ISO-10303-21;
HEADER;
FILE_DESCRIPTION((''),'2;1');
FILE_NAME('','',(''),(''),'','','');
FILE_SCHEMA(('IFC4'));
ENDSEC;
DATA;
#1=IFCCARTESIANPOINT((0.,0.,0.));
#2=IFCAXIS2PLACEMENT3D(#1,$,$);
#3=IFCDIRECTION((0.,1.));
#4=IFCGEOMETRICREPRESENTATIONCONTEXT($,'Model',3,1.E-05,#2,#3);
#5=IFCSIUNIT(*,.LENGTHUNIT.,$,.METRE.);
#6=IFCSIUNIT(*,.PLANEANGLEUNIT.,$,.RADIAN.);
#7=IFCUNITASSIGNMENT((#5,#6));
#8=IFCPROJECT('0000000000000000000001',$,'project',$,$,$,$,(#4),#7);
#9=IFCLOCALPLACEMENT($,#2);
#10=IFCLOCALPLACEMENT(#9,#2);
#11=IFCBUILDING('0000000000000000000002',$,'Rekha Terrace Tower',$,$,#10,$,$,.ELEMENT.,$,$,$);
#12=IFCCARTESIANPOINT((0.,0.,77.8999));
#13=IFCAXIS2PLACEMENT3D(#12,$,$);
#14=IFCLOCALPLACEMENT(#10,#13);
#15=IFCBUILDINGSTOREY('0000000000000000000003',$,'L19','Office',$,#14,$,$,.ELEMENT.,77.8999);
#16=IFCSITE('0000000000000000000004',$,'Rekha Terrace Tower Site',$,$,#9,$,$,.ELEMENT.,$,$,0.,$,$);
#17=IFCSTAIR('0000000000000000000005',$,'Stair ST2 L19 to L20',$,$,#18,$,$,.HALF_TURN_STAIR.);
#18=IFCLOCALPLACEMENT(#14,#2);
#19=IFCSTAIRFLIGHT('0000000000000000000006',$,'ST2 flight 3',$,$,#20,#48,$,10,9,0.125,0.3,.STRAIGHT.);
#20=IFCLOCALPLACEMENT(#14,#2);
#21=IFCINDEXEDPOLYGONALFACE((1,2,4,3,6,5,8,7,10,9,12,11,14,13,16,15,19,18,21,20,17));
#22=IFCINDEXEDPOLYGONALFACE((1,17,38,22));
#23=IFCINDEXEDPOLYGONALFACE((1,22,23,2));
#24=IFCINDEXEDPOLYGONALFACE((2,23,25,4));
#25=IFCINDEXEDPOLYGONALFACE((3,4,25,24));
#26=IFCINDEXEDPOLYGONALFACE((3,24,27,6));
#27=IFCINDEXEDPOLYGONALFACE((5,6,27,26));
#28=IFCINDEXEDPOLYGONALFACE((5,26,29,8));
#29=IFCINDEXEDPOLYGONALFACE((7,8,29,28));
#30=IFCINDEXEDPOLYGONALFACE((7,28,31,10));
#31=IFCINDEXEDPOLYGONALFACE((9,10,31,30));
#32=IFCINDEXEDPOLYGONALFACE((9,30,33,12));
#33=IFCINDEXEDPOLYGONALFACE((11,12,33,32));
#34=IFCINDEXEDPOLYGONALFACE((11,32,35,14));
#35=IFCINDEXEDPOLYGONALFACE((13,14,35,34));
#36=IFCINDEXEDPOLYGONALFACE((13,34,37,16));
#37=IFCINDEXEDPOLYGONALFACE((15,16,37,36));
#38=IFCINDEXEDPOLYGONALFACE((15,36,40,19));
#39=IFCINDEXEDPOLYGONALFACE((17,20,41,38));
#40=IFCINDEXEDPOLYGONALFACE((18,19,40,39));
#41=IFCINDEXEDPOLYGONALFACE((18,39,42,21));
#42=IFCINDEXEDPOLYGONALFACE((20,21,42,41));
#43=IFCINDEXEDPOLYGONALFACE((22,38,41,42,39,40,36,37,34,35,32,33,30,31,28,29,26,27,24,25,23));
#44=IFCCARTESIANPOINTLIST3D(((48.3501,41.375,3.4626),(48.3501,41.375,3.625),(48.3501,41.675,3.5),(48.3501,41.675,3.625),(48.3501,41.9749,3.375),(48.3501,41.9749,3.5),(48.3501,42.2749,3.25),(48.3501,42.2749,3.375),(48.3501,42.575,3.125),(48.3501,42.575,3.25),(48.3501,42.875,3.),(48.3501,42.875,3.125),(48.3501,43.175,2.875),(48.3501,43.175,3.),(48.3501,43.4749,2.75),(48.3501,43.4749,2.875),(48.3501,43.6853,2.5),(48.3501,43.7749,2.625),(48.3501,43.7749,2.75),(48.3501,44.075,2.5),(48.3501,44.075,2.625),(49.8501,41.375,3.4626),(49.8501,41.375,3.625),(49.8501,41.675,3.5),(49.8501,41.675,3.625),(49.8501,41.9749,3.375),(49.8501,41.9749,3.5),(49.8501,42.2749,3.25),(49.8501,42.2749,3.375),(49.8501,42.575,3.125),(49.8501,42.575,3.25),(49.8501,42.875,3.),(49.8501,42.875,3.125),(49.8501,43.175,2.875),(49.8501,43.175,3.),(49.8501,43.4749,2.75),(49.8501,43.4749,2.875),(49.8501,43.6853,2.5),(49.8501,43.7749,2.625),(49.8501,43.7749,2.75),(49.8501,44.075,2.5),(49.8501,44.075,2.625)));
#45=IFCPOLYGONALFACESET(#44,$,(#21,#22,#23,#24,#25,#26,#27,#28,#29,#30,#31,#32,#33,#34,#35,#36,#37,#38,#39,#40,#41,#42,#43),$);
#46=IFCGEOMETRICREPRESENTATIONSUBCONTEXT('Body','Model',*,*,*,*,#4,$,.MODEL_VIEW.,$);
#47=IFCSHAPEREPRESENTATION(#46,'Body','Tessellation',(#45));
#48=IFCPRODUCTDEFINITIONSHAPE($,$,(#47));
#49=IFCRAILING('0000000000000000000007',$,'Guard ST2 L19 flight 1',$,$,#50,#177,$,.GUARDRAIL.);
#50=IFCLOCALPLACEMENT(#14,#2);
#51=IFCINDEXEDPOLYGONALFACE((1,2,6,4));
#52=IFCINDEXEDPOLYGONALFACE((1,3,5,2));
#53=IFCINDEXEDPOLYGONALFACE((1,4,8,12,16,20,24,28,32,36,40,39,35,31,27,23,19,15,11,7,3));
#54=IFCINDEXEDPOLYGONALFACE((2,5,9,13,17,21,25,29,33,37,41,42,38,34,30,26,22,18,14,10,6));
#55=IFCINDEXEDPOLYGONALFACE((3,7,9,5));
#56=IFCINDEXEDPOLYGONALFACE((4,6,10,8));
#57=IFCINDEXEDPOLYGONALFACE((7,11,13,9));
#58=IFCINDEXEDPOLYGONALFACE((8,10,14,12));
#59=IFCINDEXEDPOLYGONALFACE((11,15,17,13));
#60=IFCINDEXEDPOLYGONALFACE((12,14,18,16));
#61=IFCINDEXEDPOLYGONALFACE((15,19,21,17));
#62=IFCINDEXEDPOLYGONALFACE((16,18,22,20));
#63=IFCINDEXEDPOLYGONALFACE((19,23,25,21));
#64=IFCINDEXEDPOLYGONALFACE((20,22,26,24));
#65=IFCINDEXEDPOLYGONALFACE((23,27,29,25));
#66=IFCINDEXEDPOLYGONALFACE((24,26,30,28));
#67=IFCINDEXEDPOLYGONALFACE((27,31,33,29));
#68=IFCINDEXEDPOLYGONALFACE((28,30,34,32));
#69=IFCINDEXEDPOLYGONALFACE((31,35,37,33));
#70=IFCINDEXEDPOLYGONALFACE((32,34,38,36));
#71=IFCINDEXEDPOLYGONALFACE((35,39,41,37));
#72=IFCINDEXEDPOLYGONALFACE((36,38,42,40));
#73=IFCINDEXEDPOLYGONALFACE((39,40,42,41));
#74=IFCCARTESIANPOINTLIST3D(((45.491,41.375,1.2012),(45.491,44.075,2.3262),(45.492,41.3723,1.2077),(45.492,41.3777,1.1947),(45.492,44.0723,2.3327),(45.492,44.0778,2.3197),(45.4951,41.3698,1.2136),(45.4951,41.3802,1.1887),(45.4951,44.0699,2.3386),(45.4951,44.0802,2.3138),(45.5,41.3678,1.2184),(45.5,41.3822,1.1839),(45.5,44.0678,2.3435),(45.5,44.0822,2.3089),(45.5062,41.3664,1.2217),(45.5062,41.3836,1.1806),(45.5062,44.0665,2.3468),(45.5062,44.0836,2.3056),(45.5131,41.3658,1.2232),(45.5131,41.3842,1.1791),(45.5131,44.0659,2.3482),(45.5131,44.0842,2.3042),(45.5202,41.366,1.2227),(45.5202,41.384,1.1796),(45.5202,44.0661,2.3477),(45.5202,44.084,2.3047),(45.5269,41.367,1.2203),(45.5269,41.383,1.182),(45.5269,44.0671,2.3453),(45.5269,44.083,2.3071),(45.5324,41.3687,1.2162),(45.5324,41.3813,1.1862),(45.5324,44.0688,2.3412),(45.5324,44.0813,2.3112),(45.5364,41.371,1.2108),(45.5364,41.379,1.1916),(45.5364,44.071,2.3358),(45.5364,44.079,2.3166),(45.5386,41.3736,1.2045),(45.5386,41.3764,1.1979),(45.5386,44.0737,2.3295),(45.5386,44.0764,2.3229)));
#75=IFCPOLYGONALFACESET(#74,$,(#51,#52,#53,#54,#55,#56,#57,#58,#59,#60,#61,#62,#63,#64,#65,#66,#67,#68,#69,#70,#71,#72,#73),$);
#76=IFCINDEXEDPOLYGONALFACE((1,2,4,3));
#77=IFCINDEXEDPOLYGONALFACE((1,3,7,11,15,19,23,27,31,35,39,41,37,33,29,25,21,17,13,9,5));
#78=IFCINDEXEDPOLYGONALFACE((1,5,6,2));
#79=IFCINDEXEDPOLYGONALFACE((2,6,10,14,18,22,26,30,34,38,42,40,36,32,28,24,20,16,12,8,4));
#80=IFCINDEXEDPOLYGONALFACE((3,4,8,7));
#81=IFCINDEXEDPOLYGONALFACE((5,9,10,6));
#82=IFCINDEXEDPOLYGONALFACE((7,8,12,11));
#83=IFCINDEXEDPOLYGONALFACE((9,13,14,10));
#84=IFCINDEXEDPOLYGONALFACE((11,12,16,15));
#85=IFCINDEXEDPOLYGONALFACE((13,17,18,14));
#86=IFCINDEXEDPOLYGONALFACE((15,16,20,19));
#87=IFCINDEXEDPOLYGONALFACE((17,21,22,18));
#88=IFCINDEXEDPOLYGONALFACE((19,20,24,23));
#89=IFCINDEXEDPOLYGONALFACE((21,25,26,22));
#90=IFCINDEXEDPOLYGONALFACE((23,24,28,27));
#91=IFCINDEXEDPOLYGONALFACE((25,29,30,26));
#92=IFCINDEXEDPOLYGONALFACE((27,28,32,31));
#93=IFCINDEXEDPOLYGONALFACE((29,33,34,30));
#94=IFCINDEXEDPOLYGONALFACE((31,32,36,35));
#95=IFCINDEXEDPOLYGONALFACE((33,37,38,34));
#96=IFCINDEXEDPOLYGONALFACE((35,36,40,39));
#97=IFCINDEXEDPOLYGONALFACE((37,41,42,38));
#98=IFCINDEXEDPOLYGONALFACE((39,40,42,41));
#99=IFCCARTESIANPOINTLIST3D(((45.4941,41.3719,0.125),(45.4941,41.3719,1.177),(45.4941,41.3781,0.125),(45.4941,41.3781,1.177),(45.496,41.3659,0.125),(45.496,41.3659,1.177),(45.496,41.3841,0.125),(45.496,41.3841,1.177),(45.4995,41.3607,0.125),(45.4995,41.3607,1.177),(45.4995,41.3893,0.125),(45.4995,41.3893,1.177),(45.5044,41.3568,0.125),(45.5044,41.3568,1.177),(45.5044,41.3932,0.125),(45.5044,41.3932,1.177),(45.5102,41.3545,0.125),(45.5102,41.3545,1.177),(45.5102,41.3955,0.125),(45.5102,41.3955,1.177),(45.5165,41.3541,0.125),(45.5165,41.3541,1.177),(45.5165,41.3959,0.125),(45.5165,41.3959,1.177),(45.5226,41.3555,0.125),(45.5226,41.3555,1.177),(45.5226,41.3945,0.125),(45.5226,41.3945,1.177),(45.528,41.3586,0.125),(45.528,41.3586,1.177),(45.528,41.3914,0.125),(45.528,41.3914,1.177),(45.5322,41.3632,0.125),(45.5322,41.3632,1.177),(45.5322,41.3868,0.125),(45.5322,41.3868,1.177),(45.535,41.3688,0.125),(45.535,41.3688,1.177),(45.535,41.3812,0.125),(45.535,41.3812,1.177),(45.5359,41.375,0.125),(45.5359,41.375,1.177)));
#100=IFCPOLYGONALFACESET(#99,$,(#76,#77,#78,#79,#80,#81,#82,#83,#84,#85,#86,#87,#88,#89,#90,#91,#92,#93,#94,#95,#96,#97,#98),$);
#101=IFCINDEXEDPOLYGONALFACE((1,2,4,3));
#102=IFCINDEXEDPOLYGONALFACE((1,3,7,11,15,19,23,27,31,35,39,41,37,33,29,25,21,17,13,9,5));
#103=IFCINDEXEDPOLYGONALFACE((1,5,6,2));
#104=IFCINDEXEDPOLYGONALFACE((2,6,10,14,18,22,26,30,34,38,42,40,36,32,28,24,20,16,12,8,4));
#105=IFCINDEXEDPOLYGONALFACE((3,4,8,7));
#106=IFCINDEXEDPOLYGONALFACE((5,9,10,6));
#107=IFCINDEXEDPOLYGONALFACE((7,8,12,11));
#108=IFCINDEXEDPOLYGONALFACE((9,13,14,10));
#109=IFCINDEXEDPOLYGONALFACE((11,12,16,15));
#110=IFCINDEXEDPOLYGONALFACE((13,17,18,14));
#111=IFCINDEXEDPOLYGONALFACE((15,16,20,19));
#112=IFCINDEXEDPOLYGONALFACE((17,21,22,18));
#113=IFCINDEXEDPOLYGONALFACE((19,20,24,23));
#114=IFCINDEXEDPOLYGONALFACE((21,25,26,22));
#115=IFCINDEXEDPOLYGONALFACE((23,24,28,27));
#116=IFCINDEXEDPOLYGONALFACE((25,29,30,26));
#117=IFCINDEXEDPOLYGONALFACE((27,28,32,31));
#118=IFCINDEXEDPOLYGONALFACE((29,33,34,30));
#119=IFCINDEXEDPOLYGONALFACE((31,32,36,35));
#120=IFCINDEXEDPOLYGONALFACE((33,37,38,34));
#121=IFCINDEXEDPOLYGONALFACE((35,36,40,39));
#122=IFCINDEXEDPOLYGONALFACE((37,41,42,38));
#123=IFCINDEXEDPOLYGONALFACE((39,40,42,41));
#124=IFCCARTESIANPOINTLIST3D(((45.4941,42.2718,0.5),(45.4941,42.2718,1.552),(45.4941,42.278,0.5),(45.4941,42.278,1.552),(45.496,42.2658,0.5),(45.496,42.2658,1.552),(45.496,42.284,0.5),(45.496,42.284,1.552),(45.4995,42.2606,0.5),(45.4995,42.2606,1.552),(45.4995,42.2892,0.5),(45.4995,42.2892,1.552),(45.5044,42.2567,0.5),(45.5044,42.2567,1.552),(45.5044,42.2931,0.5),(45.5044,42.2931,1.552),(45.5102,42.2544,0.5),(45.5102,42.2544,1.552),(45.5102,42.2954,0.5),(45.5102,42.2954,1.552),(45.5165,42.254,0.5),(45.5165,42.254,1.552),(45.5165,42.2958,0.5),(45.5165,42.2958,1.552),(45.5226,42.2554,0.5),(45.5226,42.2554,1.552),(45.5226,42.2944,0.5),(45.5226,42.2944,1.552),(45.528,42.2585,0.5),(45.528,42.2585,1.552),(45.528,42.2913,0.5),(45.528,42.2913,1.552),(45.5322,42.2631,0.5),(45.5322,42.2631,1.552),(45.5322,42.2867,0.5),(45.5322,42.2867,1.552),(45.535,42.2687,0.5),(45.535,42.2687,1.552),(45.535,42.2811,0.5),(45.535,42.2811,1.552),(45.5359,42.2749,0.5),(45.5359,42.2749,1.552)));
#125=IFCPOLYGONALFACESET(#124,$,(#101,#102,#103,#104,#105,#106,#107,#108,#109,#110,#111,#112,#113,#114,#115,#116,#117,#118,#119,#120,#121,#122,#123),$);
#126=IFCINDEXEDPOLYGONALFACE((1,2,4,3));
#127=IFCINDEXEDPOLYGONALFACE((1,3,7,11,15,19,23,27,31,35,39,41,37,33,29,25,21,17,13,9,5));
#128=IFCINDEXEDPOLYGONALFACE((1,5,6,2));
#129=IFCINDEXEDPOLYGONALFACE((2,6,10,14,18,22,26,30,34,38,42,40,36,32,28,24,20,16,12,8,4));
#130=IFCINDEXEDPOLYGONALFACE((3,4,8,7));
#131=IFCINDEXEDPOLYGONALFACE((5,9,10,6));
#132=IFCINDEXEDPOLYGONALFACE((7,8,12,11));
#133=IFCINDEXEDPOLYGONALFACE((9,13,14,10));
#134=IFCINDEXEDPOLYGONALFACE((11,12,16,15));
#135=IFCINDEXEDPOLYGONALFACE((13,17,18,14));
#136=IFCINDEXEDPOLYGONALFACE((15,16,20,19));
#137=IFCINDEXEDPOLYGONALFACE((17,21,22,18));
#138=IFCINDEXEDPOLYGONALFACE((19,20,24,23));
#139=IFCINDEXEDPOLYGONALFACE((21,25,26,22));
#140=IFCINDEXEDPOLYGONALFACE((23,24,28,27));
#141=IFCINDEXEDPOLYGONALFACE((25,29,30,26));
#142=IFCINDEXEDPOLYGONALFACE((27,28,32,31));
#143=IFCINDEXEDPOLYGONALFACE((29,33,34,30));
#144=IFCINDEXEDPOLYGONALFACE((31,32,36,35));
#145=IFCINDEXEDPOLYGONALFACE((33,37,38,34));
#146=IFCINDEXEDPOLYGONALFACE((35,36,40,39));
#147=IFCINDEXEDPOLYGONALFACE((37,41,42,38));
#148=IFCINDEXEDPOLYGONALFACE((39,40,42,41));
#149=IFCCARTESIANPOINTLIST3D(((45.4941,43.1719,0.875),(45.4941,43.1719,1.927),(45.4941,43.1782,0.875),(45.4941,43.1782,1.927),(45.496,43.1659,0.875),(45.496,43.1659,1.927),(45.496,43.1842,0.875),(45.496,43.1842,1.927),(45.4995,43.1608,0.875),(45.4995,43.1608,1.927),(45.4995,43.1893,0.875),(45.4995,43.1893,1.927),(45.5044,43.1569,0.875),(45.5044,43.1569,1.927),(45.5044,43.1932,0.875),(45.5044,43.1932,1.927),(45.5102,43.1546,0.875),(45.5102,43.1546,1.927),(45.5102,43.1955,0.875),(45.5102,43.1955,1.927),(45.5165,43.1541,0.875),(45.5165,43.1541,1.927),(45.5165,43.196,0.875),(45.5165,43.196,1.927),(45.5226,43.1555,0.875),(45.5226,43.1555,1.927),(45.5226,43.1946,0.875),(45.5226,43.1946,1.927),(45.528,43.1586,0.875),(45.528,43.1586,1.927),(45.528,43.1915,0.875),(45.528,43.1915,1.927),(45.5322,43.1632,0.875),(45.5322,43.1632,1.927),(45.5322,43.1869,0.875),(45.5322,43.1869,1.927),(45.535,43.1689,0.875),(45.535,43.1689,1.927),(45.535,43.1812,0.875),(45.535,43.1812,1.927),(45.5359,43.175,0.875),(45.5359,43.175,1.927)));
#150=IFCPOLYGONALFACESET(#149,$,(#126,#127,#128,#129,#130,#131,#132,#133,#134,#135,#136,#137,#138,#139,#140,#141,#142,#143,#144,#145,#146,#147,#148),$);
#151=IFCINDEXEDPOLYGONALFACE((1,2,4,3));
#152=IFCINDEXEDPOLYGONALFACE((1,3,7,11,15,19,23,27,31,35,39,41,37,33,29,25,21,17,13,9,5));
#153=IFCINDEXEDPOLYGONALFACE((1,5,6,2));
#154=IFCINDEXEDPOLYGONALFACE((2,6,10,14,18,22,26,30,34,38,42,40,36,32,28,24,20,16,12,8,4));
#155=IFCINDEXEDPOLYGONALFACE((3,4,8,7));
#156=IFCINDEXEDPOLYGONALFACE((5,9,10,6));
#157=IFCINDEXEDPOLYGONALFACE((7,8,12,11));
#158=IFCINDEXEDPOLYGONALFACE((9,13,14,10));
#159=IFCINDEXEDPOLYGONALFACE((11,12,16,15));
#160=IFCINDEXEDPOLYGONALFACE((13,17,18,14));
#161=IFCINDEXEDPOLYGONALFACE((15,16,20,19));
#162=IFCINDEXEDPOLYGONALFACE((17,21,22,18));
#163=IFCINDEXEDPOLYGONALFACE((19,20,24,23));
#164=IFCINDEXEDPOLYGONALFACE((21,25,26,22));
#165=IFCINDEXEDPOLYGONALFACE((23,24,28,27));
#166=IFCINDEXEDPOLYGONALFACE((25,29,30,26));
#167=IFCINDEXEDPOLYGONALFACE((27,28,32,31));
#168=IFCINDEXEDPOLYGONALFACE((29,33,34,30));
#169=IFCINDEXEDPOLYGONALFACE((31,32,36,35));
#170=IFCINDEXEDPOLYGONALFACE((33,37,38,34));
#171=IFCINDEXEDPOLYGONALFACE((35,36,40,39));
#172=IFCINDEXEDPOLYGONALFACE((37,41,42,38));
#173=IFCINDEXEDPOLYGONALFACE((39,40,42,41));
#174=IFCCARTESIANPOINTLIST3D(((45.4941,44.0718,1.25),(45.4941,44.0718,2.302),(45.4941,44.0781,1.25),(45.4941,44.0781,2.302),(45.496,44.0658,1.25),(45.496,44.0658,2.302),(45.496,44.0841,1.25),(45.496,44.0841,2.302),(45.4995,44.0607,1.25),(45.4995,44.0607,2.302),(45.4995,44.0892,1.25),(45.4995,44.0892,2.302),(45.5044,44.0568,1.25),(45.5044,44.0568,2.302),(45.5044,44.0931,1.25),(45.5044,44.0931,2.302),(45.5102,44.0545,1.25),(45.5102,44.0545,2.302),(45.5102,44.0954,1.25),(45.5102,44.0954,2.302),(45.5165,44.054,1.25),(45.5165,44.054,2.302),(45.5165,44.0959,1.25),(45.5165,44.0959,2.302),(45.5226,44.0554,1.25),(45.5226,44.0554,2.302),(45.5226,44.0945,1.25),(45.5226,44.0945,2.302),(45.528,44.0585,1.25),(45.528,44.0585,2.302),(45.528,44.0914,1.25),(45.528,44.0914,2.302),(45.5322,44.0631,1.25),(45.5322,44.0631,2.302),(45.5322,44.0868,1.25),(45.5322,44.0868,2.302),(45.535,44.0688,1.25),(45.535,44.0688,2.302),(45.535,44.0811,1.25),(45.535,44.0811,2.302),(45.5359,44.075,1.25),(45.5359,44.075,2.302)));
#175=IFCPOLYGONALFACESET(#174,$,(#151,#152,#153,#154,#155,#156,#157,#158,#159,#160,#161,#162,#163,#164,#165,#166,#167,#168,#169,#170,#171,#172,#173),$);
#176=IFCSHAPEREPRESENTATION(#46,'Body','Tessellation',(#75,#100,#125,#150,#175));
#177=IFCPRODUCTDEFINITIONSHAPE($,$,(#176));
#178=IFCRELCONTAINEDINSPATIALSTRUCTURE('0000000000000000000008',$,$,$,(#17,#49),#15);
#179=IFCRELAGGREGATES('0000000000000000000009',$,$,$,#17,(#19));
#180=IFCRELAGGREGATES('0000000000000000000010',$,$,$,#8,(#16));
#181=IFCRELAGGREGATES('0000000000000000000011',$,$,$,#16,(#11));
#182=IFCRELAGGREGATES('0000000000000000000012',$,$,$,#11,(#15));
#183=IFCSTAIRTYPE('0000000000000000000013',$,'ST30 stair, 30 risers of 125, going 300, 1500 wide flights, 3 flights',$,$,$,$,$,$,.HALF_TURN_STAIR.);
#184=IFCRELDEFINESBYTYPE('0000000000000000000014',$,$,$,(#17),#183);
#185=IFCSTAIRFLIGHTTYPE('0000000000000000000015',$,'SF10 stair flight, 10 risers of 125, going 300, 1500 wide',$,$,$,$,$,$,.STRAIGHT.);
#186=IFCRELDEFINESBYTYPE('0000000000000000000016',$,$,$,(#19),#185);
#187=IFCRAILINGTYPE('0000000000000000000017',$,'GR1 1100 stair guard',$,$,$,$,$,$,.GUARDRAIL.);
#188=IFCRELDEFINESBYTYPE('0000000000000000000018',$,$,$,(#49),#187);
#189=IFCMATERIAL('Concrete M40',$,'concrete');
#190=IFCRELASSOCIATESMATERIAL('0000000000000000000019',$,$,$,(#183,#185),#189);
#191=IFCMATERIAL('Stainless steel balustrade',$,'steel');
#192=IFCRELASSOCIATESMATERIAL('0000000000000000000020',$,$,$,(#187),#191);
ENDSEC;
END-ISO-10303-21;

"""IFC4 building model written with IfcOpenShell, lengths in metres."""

from ifc_helpers import new_model, si_unit, direction, frame, origin, origin_2d, place, context, subcontext, project, spatial, polyline, circle, outline, extrude, material, type_object, element, aggregate, save


model = new_model("IFC4")

# Units and contexts
model_context = context("Model", 3, precision=1e-05, world=origin(), true_north=direction((0.0, 1.0)))
body_context = subcontext(model_context, "Body", "Model", "MODEL_VIEW")
ifc_project = project(units=[si_unit("LENGTHUNIT", "METRE"), si_unit("PLANEANGLEUNIT", "RADIAN")], contexts=[model_context])

# Site, building, storey
site_placement = place(None, origin())
site = spatial("IfcSite", under=ifc_project, at=site_placement, Name="Rekha Terrace Tower Site", CompositionType="ELEMENT", RefElevation=0.0)
building_placement = place(site_placement, origin())
building = spatial("IfcBuilding", under=site, at=building_placement, Name="Rekha Terrace Tower", CompositionType="ELEMENT")
storey_placement = place(building_placement, frame((0.0, 0.0, 77.8999)))
storey = spatial("IfcBuildingStorey", under=building, at=storey_placement, Name="L19", Description="Office", CompositionType="ELEMENT", Elevation=77.8999)

# Stair, stair flight
ifc_material_1 = material(Name="Concrete M40", Category="concrete")
stair_type = type_object("IfcStairType", Name="ST30 stair, 30 risers of 125, going 300, 1500 wide flights, 3 flights", PredefinedType="HALF_TURN_STAIR", material=ifc_material_1)
stair_placement = place(storey_placement, origin())
stair = element("IfcStair", 1, at=stair_placement, inside=storey, type_object=stair_type, Name="Stair ST2 L19 to L20", PredefinedType="HALF_TURN_STAIR")
stair_flight_type = type_object("IfcStairFlightType", Name="SF10 stair flight, 10 risers of 125, going 300, 1500 wide", PredefinedType="STRAIGHT", material=ifc_material_1)
stair_flight_1_placement = place(storey_placement, frame((49.1001, 44.075, 2.5), z_axis=(0.0, 0.0, 1.0), x_axis=(0.0, -1.0, 0.0)))
stair_flight_1 = element("IfcStairFlight", 2, at=stair_flight_1_placement, type_object=stair_flight_type, Name="ST2 flight 3", NumberOfRisers=10, NumberOfTreads=9, PredefinedType="STRAIGHT", RiserHeight=0.125, TreadLength=0.3, context=body_context, shape_type="SweptSolid", body=[
    extrude(outline(polyline([(0.0, 0.0), (0.0, 0.125), (0.3, 0.125), (0.3, 0.25), (0.6001, 0.25), (0.6001, 0.375), (0.8999, 0.375), (0.8999, 0.5), (1.2, 0.5), (1.2, 0.625), (1.5, 0.625), (1.5, 0.75), (1.8, 0.75), (1.8, 0.875), (2.1001, 0.875), (2.1001, 1.0), (2.3999, 1.0), (2.3999, 1.125), (2.7, 1.125), (2.7, 1.25), (2.7, 0.9626), (0.3896, 0.0), (0.0, 0.0)])), frame((0.0, 0.75, 0.0), z_axis=(0.0, -1.0, 0.0), x_axis=(1.0, 0.0, 0.0)), (0.0, 0.0, 1.0), 1.5),
])
aggregate(stair, [stair_flight_1])

# Railing
ifc_material_2 = material(Name="Stainless steel balustrade", Category="steel")
railing_type_1 = type_object("IfcRailingType", Name="GR1 1100 stair guard", PredefinedType="GUARDRAIL", material=ifc_material_2)
railing_1_placement = place(storey_placement, frame((45.5149, 41.375, 0.125)))
element("IfcRailing", 3, at=railing_1_placement, inside=storey, type_object=railing_type_1, Name="Guard ST2 L19 flight 1", PredefinedType="GUARDRAIL", context=body_context, shape_type="SweptSolid", body=[
    extrude(circle(Radius=0.0239, at=origin_2d()), frame((0.0, 0.0, 1.0762), z_axis=(0.0, 0.923074, 0.384621), x_axis=(-1.0, 0.0, 0.0)), (0.0, 0.0, 1.0), 2.925),
    extrude(circle(Radius=0.021, at=origin_2d()), origin(), (0.0, 0.0, 1.0), 1.052),
    extrude(circle(Radius=0.021, at=origin_2d()), frame((0.0, 0.8999, 0.375)), (0.0, 0.0, 1.0), 1.052),
    extrude(circle(Radius=0.021, at=origin_2d()), frame((0.0, 1.8, 0.75)), (0.0, 0.0, 1.0), 1.052),
    extrude(circle(Radius=0.021, at=origin_2d()), frame((0.0, 2.7, 1.125)), (0.0, 0.0, 1.0), 1.052),
])

save(model, "model.ifc")
